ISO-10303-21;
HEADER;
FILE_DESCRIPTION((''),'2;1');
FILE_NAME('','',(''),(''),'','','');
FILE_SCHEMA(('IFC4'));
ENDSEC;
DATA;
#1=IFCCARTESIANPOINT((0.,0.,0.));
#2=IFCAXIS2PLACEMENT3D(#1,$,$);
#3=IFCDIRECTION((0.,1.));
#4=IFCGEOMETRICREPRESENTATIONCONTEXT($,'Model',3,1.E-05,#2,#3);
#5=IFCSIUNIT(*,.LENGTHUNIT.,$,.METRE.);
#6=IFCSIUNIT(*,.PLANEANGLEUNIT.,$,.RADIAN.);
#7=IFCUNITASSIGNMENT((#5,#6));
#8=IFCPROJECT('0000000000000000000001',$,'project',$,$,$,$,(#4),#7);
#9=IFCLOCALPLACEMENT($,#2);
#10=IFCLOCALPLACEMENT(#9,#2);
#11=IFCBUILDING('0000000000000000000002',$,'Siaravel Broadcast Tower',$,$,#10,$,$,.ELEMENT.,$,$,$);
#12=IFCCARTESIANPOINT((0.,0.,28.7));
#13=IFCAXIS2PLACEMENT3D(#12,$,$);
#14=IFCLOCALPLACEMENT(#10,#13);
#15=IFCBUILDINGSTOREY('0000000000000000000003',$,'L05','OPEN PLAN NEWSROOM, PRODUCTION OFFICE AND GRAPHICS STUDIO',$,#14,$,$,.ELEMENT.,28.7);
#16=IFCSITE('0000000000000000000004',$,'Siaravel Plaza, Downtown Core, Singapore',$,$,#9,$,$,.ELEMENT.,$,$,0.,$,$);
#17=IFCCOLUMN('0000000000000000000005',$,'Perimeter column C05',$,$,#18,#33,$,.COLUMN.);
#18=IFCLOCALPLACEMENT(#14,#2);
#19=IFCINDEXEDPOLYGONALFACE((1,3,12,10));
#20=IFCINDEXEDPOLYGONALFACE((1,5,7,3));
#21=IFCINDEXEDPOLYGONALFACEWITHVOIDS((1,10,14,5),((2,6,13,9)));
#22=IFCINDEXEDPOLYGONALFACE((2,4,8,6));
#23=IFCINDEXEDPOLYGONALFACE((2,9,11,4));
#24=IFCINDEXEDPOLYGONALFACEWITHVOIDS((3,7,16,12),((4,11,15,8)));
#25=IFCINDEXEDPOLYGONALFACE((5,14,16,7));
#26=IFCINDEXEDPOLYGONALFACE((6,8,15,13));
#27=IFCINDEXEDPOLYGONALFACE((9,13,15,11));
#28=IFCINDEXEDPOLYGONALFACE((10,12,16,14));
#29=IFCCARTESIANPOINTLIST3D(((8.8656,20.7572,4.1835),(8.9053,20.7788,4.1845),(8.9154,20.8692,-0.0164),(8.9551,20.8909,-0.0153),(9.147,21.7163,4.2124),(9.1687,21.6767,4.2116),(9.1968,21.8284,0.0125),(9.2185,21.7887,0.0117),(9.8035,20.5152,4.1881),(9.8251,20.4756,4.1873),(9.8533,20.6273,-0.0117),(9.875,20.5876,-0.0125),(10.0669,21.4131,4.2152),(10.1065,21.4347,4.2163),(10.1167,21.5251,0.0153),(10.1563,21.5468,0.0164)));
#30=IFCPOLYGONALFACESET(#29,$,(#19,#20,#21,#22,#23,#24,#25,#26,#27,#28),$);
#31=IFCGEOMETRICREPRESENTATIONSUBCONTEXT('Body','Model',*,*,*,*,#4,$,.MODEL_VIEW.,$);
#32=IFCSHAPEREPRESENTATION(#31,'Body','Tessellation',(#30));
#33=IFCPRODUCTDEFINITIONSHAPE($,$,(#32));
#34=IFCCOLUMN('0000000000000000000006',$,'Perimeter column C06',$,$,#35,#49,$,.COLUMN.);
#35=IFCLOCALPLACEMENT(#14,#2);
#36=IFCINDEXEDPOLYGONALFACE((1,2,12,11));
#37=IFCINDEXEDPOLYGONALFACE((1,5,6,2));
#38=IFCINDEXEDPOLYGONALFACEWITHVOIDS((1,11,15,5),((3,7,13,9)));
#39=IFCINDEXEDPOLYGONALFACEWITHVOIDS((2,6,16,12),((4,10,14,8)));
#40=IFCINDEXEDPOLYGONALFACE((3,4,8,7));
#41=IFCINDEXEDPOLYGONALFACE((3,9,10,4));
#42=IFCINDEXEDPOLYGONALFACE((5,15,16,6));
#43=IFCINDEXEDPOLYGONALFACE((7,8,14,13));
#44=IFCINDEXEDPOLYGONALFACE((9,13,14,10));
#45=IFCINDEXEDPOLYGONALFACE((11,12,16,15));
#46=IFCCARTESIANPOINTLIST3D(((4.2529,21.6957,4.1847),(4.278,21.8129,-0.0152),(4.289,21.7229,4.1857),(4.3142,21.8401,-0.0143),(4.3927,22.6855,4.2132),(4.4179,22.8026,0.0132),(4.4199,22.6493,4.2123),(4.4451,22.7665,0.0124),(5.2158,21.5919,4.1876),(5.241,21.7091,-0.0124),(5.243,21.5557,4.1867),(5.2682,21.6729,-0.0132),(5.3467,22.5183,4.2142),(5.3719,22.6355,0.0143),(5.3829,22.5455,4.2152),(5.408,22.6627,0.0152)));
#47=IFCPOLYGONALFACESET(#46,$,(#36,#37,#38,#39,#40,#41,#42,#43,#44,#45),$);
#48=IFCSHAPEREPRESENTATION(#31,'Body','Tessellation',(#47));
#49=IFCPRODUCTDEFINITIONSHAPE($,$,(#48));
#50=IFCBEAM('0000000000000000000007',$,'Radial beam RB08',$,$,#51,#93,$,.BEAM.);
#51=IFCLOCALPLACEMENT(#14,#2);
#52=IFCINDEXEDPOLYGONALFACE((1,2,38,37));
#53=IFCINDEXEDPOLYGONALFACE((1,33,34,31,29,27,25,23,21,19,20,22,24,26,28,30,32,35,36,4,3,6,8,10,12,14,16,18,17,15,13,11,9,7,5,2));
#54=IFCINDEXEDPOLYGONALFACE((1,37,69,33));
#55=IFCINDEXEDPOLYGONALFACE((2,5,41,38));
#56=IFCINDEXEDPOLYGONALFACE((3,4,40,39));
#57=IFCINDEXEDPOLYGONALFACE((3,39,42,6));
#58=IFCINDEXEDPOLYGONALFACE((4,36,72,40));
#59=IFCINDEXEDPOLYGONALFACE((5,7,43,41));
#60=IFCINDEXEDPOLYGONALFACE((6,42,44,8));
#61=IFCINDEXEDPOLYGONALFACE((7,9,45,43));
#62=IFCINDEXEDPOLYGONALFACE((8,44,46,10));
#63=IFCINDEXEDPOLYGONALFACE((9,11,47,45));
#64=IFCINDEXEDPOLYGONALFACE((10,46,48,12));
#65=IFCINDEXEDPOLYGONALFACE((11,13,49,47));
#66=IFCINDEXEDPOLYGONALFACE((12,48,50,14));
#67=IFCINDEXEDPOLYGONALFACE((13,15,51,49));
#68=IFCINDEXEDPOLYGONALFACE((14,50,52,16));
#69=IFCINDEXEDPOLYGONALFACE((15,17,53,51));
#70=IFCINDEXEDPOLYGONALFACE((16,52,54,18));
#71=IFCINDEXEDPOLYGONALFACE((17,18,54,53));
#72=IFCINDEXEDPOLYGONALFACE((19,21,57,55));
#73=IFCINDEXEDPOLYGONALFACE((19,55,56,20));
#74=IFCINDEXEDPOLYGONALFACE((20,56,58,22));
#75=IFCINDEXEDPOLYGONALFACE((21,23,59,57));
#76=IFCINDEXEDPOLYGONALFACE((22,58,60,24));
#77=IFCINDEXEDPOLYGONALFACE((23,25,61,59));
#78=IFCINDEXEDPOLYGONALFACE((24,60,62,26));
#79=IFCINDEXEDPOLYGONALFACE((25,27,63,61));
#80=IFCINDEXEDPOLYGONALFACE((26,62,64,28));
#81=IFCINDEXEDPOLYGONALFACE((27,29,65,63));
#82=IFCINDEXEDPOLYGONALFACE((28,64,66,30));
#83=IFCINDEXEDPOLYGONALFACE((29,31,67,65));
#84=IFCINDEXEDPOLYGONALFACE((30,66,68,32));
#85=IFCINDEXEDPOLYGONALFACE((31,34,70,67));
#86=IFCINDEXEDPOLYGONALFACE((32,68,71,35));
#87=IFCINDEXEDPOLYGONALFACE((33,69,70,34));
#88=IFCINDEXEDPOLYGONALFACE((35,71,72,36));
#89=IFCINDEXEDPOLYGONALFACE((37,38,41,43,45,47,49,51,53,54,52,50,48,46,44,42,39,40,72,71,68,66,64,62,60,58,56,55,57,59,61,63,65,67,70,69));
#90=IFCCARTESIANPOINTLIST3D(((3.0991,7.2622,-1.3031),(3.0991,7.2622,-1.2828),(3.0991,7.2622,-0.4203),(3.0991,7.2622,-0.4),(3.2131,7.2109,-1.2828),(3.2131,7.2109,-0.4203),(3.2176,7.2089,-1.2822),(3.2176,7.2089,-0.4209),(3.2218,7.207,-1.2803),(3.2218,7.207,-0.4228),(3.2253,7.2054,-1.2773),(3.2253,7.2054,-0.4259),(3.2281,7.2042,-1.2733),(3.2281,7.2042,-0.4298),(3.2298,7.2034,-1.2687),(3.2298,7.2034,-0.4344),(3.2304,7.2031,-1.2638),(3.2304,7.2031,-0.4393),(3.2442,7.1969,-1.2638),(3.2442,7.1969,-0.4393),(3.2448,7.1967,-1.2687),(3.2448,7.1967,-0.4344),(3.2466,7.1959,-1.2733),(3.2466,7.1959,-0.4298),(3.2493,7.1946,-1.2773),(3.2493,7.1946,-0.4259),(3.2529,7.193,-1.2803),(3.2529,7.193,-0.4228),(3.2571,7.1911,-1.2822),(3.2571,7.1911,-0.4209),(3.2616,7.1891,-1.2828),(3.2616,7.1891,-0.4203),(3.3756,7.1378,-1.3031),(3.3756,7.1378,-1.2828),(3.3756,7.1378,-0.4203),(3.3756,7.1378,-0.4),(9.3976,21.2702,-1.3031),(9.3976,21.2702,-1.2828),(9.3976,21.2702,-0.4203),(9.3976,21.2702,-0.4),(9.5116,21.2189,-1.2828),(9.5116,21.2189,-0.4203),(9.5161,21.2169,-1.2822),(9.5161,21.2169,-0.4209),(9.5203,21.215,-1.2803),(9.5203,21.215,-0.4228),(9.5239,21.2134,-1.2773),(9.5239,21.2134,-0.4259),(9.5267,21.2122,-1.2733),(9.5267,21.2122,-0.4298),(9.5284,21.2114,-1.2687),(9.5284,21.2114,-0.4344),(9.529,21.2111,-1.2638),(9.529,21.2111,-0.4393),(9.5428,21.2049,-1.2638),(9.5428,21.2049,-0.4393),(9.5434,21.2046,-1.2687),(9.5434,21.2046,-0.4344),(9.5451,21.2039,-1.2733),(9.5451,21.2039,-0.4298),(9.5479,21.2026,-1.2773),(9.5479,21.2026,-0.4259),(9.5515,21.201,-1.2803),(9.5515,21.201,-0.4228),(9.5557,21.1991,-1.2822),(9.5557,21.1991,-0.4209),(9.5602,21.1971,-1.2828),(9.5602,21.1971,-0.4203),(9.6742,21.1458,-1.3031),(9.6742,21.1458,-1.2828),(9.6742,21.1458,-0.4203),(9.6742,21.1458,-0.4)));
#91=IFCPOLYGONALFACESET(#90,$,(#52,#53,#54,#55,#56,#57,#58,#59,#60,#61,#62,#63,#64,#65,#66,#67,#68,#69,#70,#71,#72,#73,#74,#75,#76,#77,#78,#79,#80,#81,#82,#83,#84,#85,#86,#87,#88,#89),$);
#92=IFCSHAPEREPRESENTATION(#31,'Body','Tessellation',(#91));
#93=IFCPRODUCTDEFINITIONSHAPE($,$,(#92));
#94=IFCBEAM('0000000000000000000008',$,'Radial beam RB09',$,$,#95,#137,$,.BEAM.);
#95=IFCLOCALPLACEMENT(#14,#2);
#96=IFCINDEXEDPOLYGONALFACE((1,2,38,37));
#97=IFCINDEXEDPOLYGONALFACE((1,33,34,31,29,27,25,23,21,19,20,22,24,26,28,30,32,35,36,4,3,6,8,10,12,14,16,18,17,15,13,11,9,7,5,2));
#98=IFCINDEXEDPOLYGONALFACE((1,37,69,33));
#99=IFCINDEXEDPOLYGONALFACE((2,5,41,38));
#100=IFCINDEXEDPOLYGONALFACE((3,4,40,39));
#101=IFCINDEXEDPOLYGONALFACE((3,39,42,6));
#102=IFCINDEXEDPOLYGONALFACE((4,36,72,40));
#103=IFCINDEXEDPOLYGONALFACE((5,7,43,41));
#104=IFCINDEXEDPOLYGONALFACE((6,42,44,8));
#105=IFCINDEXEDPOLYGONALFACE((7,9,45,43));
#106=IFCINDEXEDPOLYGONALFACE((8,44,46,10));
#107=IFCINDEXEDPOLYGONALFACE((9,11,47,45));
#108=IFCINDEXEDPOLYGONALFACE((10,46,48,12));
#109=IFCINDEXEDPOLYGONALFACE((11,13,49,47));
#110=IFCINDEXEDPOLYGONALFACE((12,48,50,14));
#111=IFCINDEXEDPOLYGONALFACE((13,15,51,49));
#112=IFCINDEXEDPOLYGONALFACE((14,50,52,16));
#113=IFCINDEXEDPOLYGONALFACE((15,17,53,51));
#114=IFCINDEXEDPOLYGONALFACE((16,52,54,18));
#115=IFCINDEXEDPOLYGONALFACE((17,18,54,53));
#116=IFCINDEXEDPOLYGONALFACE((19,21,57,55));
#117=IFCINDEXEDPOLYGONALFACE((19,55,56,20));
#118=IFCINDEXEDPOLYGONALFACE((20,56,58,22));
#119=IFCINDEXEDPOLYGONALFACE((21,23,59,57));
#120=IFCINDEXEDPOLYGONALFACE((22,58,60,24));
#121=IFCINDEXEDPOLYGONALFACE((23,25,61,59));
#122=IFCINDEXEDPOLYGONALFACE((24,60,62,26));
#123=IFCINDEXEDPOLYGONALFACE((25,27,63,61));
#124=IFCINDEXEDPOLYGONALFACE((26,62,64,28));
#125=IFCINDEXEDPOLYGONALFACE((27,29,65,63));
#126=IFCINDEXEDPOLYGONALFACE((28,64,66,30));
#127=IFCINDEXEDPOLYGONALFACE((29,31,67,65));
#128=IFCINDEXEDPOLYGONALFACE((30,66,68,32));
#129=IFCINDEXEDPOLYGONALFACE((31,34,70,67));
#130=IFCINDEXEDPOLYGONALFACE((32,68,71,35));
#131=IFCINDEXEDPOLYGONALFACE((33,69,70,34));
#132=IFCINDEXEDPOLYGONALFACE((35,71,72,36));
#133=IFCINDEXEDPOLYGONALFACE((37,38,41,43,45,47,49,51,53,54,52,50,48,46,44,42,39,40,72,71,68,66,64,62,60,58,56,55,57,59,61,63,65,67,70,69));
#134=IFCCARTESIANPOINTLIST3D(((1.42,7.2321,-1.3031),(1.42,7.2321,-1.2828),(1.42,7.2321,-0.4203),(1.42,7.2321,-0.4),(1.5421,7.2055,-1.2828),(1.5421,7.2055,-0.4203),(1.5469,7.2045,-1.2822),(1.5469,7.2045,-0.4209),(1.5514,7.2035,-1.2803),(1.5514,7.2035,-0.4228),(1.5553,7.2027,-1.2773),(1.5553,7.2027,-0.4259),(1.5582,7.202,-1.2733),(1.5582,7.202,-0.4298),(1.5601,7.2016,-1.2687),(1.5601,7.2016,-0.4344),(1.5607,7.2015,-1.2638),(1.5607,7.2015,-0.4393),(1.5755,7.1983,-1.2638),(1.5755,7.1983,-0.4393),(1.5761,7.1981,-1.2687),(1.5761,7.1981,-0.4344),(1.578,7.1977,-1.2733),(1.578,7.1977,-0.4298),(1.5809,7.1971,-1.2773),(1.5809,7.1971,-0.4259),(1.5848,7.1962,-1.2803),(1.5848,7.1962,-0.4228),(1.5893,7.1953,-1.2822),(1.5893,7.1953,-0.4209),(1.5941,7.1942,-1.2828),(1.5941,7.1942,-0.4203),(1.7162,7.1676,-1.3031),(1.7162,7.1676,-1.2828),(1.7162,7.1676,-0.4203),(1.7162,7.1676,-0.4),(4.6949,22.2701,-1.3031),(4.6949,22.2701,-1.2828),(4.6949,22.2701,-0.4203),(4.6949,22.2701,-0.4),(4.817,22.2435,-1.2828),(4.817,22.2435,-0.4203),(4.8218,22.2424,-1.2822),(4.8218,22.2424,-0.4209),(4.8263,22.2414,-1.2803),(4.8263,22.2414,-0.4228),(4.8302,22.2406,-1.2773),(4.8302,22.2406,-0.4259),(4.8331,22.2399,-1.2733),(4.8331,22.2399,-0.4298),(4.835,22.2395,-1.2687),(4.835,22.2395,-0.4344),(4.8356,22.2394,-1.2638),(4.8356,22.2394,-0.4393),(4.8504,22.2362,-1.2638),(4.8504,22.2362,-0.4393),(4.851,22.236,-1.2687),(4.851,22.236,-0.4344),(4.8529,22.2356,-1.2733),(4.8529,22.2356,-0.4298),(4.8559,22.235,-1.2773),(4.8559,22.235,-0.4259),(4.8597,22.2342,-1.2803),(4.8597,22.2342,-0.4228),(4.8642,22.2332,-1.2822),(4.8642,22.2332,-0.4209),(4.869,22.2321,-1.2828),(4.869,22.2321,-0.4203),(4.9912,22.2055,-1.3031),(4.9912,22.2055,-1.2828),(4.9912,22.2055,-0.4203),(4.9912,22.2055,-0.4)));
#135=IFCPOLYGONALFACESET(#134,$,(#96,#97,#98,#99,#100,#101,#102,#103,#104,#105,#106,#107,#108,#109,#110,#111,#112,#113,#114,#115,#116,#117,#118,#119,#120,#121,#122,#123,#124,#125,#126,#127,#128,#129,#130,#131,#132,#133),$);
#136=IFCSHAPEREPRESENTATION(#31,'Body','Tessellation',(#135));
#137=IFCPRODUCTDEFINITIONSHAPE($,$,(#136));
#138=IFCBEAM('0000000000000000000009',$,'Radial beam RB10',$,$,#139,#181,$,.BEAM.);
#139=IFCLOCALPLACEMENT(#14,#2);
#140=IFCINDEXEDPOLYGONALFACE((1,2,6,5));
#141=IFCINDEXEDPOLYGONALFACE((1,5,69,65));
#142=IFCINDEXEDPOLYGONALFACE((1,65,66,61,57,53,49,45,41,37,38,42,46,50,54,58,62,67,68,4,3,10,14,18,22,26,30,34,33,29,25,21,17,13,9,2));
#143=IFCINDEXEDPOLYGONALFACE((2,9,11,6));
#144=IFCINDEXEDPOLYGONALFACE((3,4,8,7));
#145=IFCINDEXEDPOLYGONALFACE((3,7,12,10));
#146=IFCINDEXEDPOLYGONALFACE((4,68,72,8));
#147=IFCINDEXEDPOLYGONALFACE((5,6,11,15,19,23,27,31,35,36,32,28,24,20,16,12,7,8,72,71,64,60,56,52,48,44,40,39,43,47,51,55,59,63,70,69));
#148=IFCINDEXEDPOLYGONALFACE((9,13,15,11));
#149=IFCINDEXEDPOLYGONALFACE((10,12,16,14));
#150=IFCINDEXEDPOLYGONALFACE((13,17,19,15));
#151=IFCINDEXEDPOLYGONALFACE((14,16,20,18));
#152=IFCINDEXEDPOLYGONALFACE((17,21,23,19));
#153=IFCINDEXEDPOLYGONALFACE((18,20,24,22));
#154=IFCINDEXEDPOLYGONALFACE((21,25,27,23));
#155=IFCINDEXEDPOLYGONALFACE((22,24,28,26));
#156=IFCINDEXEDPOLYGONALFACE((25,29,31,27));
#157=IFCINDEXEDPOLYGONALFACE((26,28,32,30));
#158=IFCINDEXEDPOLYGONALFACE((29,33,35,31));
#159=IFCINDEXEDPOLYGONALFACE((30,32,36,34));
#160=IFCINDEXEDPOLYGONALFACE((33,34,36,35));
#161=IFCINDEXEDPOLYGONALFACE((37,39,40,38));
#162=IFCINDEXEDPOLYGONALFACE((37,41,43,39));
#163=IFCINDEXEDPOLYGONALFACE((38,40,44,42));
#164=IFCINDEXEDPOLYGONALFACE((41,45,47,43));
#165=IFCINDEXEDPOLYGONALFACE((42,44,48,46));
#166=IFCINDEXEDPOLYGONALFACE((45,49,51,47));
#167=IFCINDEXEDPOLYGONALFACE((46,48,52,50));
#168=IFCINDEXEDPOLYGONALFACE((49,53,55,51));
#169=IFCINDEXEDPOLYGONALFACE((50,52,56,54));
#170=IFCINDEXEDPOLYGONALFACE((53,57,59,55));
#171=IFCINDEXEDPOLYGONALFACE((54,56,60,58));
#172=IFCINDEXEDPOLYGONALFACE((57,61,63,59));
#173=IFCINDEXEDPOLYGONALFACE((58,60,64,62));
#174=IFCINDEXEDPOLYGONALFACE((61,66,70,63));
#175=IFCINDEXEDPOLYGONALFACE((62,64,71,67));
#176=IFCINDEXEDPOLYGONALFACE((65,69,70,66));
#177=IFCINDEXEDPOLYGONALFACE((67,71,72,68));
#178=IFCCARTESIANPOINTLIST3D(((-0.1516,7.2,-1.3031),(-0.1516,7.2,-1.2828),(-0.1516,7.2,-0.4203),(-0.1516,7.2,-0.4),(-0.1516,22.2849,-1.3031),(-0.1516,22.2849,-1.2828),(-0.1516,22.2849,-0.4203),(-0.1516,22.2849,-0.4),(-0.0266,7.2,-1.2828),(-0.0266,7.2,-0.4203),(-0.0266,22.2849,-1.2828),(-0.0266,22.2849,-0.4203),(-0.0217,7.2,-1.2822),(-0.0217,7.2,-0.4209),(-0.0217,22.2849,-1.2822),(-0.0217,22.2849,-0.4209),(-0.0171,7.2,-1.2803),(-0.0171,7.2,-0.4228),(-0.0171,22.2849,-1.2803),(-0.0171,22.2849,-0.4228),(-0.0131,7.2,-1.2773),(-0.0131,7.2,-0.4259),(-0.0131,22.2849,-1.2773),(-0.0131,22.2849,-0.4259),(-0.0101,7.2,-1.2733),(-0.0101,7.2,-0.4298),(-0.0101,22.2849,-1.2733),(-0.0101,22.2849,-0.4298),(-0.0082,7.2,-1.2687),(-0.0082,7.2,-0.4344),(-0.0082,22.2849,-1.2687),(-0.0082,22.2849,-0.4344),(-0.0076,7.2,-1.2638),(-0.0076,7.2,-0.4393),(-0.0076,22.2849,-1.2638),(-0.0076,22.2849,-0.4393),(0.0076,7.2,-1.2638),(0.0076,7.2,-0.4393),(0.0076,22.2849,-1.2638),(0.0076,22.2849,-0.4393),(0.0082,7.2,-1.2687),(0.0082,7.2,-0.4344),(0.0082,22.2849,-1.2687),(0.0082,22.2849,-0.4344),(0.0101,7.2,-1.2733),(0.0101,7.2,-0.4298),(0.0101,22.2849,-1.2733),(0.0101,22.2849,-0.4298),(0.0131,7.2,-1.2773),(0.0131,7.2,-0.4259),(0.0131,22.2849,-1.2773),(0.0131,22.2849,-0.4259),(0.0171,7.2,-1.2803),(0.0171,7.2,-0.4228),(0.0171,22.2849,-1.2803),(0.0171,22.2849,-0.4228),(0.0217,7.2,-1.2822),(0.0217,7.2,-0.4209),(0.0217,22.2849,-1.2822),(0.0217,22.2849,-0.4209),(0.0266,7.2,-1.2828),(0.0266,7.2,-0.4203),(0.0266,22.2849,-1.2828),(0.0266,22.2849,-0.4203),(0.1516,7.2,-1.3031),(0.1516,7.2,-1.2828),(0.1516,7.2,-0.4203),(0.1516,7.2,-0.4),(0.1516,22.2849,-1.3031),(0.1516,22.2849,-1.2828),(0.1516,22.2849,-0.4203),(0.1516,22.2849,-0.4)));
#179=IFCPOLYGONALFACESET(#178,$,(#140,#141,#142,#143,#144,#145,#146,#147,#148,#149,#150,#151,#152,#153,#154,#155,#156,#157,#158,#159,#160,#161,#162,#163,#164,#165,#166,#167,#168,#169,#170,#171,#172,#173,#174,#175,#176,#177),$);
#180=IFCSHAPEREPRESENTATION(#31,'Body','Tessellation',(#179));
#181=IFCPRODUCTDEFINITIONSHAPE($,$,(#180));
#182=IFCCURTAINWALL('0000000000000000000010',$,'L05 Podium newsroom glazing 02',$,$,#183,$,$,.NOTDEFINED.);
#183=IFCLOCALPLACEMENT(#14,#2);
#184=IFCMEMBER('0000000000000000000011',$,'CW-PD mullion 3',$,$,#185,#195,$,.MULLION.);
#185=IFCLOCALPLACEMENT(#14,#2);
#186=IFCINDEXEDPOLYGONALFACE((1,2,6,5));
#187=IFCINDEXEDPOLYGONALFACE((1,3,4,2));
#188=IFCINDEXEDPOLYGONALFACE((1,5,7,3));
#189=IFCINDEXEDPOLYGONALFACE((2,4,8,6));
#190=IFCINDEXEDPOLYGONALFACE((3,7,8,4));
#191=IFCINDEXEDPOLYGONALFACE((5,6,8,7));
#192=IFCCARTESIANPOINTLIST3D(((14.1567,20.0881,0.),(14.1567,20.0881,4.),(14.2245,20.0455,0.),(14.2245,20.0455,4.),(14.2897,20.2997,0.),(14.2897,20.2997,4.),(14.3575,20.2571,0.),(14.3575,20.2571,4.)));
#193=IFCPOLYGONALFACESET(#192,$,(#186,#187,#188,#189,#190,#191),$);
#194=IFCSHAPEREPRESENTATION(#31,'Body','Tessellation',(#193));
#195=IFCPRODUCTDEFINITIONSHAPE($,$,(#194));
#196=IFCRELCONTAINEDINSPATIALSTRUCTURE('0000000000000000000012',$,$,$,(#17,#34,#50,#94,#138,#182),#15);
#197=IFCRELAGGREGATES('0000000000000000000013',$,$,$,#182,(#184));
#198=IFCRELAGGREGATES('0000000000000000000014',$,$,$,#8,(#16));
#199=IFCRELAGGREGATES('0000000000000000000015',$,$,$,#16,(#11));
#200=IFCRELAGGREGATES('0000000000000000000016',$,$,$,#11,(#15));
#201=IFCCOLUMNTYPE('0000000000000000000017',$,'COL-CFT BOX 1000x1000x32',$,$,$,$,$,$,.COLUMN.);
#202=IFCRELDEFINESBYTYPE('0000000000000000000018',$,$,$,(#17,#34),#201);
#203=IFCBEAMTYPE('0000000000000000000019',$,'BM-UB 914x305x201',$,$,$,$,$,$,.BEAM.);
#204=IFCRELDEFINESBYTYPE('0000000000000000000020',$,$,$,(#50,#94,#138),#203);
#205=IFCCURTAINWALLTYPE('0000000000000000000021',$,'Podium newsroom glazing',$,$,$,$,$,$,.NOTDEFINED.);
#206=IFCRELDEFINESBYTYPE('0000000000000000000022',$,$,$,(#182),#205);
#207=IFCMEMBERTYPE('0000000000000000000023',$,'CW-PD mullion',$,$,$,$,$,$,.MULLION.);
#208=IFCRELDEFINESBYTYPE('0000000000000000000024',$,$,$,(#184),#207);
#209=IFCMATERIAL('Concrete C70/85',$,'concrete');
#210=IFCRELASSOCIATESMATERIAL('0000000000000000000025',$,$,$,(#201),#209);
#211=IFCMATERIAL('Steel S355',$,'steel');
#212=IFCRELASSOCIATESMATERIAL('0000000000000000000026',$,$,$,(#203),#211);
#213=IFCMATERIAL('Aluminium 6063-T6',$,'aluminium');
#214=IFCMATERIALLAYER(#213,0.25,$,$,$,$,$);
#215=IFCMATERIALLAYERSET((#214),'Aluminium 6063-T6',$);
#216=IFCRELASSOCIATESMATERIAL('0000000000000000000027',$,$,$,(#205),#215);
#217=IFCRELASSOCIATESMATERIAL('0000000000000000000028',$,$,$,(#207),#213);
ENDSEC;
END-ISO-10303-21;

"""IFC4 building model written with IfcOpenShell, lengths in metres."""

from ifc_helpers import new_model, si_unit, direction, frame, origin, origin_2d, place, context, subcontext, project, spatial, rectangle, hollow_rectangle, i_section, extrude, material, layer, layer_set, material_profile, profile_set, type_object, element, aggregate, save


model = new_model("IFC4")

# Units and contexts
model_context = context("Model", 3, precision=1e-05, world=origin(), true_north=direction((0.0, 1.0)))
body_context = subcontext(model_context, "Body", "Model", "MODEL_VIEW")
ifc_project = project(units=[si_unit("LENGTHUNIT", "METRE"), si_unit("PLANEANGLEUNIT", "RADIAN")], contexts=[model_context])

# Site, building, storey
site_placement = place(None, origin())
site = spatial("IfcSite", under=ifc_project, at=site_placement, Name="Siaravel Plaza, Downtown Core, Singapore", CompositionType="ELEMENT", RefElevation=0.0)
building_placement = place(site_placement, origin())
building = spatial("IfcBuilding", under=site, at=building_placement, Name="Siaravel Broadcast Tower", CompositionType="ELEMENT")
storey_placement = place(building_placement, frame((0.0, 0.0, 28.7)))
storey = spatial("IfcBuildingStorey", under=building, at=storey_placement, Name="L05", Description="OPEN PLAN NEWSROOM, PRODUCTION OFFICE AND GRAPHICS STUDIO", CompositionType="ELEMENT", Elevation=28.7)

# Columns
ifc_material_1 = material(Name="Concrete C70/85", Category="concrete")
ifc_material_profile_1 = material_profile(ifc_material_1, hollow_rectangle(XDim=1.0, YDim=1.0, WallThickness=0.032, at=origin_2d()))
ifc_profile_set_1 = profile_set([ifc_material_profile_1], Name="Concrete C70/85")
column_type = type_object("IfcColumnType", Name="COL-CFT BOX 1000x1000x32", PredefinedType="COLUMN", material=ifc_profile_set_1)
for number, where, z_axis, x_axis, name in (
    (1, (9.5359, 21.208, 0.0), (-0.011853, -0.02667, 0.999574), (0.95952, -0.281614, 0.003865), "Perimeter column C05"),
    (2, (4.843, 22.2378, 0.0), (-0.005985, -0.027891, 0.999593), (0.990157, -0.139946, 0.002024), "Perimeter column C06"),
):
    element("IfcColumn", number, at=place(storey_placement, frame(where, z_axis=z_axis, x_axis=x_axis)), inside=storey, type_object=column_type, Name=name, PredefinedType="COLUMN", context=body_context, shape_type="SweptSolid", body=[
        extrude(hollow_rectangle(XDim=1.0, YDim=1.0, WallThickness=0.032, at=origin_2d()), origin(), (0.0, 0.0, 1.0), 4.2017),
    ])

# Beams
ifc_material_2 = material(Name="Steel S355", Category="steel")
ifc_material_profile_2 = material_profile(ifc_material_2, i_section(OverallWidth=0.3032, OverallDepth=0.9031, WebThickness=0.0151, FlangeThickness=0.0203, FilletRadius=0.019, at=origin_2d()))
ifc_profile_set_2 = profile_set([ifc_material_profile_2], Name="Steel S355")
beam_type = type_object("IfcBeamType", Name="BM-UB 914x305x201", PredefinedType="BEAM", material=ifc_profile_set_2)
beam_1_placement = place(storey_placement, frame((9.5359, 21.208, -0.8516), z_axis=(-0.410092, -0.912044, 0.0), x_axis=(0.912044, -0.410092, 0.0)))
element("IfcBeam", 3, at=beam_1_placement, inside=storey, type_object=beam_type, Name="Radial beam RB08", PredefinedType="BEAM", context=body_context, shape_type="SweptSolid", body=[
    extrude(i_section(OverallWidth=0.3032, OverallDepth=0.9031, WebThickness=0.0151, FlangeThickness=0.0203, FilletRadius=0.019, at=origin_2d()), origin(), (0.0, 0.0, 1.0), 15.3589),
])
beam_2_placement = place(storey_placement, frame((4.843, 22.2378, -0.8516), z_axis=(-0.21279, -0.977098, 0.0), x_axis=(0.977098, -0.21279, 0.0)))
element("IfcBeam", 4, at=beam_2_placement, inside=storey, type_object=beam_type, Name="Radial beam RB09", PredefinedType="BEAM", context=body_context, shape_type="SweptSolid", body=[
    extrude(i_section(OverallWidth=0.3032, OverallDepth=0.9031, WebThickness=0.0151, FlangeThickness=0.0203, FilletRadius=0.019, at=origin_2d()), origin(), (0.0, 0.0, 1.0), 15.3904),
])
beam_3_placement = place(storey_placement, frame((0.0, 22.2849, -0.8516), z_axis=(0.0, -1.0, 0.0), x_axis=(1.0, 0.0, 0.0)))
element("IfcBeam", 5, at=beam_3_placement, inside=storey, type_object=beam_type, Name="Radial beam RB10", PredefinedType="BEAM", context=body_context, shape_type="SweptSolid", body=[
    extrude(i_section(OverallWidth=0.3032, OverallDepth=0.9031, WebThickness=0.0151, FlangeThickness=0.0203, FilletRadius=0.019, at=origin_2d()), origin(), (0.0, 0.0, 1.0), 15.085),
])

# Curtain wall, member
ifc_material_3 = material(Name="Aluminium 6063-T6", Category="aluminium")
ifc_layer_1 = layer(ifc_material_3, 0.25)
ifc_layer_set_1 = layer_set([ifc_layer_1], Name="Aluminium 6063-T6")
curtain_wall_type = type_object("IfcCurtainWallType", Name="Podium newsroom glazing", PredefinedType="NOTDEFINED", material=ifc_layer_set_1)
curtain_wall_1_placement = place(storey_placement, origin())
curtain_wall_1 = element("IfcCurtainWall", 6, at=curtain_wall_1_placement, inside=storey, type_object=curtain_wall_type, Name="L05 Podium newsroom glazing 02", PredefinedType="NOTDEFINED")
ifc_material_profile_3 = material_profile(ifc_material_3, rectangle(XDim=0.25, YDim=0.0801, at=origin_2d()))
ifc_profile_set_3 = profile_set([ifc_material_profile_3], Name="Aluminium 6063-T6")
member_type_1 = type_object("IfcMemberType", Name="CW-PD mullion", PredefinedType="MULLION", material=ifc_profile_set_3)
member_1_placement = place(storey_placement, frame((14.2571, 20.1726, 0.0), z_axis=(0.0, 0.0, 1.0), x_axis=(-0.532148, -0.846651, 0.0)))
member_1 = element("IfcMember", 7, at=member_1_placement, type_object=member_type_1, Name="CW-PD mullion 3", PredefinedType="MULLION", context=body_context, shape_type="SweptSolid", body=[
    extrude(rectangle(XDim=0.25, YDim=0.0801, at=origin_2d()), origin(), (0.0, 0.0, 1.0), 4.0),
])
aggregate(curtain_wall_1, [member_1])

save(model, "model.ifc")
